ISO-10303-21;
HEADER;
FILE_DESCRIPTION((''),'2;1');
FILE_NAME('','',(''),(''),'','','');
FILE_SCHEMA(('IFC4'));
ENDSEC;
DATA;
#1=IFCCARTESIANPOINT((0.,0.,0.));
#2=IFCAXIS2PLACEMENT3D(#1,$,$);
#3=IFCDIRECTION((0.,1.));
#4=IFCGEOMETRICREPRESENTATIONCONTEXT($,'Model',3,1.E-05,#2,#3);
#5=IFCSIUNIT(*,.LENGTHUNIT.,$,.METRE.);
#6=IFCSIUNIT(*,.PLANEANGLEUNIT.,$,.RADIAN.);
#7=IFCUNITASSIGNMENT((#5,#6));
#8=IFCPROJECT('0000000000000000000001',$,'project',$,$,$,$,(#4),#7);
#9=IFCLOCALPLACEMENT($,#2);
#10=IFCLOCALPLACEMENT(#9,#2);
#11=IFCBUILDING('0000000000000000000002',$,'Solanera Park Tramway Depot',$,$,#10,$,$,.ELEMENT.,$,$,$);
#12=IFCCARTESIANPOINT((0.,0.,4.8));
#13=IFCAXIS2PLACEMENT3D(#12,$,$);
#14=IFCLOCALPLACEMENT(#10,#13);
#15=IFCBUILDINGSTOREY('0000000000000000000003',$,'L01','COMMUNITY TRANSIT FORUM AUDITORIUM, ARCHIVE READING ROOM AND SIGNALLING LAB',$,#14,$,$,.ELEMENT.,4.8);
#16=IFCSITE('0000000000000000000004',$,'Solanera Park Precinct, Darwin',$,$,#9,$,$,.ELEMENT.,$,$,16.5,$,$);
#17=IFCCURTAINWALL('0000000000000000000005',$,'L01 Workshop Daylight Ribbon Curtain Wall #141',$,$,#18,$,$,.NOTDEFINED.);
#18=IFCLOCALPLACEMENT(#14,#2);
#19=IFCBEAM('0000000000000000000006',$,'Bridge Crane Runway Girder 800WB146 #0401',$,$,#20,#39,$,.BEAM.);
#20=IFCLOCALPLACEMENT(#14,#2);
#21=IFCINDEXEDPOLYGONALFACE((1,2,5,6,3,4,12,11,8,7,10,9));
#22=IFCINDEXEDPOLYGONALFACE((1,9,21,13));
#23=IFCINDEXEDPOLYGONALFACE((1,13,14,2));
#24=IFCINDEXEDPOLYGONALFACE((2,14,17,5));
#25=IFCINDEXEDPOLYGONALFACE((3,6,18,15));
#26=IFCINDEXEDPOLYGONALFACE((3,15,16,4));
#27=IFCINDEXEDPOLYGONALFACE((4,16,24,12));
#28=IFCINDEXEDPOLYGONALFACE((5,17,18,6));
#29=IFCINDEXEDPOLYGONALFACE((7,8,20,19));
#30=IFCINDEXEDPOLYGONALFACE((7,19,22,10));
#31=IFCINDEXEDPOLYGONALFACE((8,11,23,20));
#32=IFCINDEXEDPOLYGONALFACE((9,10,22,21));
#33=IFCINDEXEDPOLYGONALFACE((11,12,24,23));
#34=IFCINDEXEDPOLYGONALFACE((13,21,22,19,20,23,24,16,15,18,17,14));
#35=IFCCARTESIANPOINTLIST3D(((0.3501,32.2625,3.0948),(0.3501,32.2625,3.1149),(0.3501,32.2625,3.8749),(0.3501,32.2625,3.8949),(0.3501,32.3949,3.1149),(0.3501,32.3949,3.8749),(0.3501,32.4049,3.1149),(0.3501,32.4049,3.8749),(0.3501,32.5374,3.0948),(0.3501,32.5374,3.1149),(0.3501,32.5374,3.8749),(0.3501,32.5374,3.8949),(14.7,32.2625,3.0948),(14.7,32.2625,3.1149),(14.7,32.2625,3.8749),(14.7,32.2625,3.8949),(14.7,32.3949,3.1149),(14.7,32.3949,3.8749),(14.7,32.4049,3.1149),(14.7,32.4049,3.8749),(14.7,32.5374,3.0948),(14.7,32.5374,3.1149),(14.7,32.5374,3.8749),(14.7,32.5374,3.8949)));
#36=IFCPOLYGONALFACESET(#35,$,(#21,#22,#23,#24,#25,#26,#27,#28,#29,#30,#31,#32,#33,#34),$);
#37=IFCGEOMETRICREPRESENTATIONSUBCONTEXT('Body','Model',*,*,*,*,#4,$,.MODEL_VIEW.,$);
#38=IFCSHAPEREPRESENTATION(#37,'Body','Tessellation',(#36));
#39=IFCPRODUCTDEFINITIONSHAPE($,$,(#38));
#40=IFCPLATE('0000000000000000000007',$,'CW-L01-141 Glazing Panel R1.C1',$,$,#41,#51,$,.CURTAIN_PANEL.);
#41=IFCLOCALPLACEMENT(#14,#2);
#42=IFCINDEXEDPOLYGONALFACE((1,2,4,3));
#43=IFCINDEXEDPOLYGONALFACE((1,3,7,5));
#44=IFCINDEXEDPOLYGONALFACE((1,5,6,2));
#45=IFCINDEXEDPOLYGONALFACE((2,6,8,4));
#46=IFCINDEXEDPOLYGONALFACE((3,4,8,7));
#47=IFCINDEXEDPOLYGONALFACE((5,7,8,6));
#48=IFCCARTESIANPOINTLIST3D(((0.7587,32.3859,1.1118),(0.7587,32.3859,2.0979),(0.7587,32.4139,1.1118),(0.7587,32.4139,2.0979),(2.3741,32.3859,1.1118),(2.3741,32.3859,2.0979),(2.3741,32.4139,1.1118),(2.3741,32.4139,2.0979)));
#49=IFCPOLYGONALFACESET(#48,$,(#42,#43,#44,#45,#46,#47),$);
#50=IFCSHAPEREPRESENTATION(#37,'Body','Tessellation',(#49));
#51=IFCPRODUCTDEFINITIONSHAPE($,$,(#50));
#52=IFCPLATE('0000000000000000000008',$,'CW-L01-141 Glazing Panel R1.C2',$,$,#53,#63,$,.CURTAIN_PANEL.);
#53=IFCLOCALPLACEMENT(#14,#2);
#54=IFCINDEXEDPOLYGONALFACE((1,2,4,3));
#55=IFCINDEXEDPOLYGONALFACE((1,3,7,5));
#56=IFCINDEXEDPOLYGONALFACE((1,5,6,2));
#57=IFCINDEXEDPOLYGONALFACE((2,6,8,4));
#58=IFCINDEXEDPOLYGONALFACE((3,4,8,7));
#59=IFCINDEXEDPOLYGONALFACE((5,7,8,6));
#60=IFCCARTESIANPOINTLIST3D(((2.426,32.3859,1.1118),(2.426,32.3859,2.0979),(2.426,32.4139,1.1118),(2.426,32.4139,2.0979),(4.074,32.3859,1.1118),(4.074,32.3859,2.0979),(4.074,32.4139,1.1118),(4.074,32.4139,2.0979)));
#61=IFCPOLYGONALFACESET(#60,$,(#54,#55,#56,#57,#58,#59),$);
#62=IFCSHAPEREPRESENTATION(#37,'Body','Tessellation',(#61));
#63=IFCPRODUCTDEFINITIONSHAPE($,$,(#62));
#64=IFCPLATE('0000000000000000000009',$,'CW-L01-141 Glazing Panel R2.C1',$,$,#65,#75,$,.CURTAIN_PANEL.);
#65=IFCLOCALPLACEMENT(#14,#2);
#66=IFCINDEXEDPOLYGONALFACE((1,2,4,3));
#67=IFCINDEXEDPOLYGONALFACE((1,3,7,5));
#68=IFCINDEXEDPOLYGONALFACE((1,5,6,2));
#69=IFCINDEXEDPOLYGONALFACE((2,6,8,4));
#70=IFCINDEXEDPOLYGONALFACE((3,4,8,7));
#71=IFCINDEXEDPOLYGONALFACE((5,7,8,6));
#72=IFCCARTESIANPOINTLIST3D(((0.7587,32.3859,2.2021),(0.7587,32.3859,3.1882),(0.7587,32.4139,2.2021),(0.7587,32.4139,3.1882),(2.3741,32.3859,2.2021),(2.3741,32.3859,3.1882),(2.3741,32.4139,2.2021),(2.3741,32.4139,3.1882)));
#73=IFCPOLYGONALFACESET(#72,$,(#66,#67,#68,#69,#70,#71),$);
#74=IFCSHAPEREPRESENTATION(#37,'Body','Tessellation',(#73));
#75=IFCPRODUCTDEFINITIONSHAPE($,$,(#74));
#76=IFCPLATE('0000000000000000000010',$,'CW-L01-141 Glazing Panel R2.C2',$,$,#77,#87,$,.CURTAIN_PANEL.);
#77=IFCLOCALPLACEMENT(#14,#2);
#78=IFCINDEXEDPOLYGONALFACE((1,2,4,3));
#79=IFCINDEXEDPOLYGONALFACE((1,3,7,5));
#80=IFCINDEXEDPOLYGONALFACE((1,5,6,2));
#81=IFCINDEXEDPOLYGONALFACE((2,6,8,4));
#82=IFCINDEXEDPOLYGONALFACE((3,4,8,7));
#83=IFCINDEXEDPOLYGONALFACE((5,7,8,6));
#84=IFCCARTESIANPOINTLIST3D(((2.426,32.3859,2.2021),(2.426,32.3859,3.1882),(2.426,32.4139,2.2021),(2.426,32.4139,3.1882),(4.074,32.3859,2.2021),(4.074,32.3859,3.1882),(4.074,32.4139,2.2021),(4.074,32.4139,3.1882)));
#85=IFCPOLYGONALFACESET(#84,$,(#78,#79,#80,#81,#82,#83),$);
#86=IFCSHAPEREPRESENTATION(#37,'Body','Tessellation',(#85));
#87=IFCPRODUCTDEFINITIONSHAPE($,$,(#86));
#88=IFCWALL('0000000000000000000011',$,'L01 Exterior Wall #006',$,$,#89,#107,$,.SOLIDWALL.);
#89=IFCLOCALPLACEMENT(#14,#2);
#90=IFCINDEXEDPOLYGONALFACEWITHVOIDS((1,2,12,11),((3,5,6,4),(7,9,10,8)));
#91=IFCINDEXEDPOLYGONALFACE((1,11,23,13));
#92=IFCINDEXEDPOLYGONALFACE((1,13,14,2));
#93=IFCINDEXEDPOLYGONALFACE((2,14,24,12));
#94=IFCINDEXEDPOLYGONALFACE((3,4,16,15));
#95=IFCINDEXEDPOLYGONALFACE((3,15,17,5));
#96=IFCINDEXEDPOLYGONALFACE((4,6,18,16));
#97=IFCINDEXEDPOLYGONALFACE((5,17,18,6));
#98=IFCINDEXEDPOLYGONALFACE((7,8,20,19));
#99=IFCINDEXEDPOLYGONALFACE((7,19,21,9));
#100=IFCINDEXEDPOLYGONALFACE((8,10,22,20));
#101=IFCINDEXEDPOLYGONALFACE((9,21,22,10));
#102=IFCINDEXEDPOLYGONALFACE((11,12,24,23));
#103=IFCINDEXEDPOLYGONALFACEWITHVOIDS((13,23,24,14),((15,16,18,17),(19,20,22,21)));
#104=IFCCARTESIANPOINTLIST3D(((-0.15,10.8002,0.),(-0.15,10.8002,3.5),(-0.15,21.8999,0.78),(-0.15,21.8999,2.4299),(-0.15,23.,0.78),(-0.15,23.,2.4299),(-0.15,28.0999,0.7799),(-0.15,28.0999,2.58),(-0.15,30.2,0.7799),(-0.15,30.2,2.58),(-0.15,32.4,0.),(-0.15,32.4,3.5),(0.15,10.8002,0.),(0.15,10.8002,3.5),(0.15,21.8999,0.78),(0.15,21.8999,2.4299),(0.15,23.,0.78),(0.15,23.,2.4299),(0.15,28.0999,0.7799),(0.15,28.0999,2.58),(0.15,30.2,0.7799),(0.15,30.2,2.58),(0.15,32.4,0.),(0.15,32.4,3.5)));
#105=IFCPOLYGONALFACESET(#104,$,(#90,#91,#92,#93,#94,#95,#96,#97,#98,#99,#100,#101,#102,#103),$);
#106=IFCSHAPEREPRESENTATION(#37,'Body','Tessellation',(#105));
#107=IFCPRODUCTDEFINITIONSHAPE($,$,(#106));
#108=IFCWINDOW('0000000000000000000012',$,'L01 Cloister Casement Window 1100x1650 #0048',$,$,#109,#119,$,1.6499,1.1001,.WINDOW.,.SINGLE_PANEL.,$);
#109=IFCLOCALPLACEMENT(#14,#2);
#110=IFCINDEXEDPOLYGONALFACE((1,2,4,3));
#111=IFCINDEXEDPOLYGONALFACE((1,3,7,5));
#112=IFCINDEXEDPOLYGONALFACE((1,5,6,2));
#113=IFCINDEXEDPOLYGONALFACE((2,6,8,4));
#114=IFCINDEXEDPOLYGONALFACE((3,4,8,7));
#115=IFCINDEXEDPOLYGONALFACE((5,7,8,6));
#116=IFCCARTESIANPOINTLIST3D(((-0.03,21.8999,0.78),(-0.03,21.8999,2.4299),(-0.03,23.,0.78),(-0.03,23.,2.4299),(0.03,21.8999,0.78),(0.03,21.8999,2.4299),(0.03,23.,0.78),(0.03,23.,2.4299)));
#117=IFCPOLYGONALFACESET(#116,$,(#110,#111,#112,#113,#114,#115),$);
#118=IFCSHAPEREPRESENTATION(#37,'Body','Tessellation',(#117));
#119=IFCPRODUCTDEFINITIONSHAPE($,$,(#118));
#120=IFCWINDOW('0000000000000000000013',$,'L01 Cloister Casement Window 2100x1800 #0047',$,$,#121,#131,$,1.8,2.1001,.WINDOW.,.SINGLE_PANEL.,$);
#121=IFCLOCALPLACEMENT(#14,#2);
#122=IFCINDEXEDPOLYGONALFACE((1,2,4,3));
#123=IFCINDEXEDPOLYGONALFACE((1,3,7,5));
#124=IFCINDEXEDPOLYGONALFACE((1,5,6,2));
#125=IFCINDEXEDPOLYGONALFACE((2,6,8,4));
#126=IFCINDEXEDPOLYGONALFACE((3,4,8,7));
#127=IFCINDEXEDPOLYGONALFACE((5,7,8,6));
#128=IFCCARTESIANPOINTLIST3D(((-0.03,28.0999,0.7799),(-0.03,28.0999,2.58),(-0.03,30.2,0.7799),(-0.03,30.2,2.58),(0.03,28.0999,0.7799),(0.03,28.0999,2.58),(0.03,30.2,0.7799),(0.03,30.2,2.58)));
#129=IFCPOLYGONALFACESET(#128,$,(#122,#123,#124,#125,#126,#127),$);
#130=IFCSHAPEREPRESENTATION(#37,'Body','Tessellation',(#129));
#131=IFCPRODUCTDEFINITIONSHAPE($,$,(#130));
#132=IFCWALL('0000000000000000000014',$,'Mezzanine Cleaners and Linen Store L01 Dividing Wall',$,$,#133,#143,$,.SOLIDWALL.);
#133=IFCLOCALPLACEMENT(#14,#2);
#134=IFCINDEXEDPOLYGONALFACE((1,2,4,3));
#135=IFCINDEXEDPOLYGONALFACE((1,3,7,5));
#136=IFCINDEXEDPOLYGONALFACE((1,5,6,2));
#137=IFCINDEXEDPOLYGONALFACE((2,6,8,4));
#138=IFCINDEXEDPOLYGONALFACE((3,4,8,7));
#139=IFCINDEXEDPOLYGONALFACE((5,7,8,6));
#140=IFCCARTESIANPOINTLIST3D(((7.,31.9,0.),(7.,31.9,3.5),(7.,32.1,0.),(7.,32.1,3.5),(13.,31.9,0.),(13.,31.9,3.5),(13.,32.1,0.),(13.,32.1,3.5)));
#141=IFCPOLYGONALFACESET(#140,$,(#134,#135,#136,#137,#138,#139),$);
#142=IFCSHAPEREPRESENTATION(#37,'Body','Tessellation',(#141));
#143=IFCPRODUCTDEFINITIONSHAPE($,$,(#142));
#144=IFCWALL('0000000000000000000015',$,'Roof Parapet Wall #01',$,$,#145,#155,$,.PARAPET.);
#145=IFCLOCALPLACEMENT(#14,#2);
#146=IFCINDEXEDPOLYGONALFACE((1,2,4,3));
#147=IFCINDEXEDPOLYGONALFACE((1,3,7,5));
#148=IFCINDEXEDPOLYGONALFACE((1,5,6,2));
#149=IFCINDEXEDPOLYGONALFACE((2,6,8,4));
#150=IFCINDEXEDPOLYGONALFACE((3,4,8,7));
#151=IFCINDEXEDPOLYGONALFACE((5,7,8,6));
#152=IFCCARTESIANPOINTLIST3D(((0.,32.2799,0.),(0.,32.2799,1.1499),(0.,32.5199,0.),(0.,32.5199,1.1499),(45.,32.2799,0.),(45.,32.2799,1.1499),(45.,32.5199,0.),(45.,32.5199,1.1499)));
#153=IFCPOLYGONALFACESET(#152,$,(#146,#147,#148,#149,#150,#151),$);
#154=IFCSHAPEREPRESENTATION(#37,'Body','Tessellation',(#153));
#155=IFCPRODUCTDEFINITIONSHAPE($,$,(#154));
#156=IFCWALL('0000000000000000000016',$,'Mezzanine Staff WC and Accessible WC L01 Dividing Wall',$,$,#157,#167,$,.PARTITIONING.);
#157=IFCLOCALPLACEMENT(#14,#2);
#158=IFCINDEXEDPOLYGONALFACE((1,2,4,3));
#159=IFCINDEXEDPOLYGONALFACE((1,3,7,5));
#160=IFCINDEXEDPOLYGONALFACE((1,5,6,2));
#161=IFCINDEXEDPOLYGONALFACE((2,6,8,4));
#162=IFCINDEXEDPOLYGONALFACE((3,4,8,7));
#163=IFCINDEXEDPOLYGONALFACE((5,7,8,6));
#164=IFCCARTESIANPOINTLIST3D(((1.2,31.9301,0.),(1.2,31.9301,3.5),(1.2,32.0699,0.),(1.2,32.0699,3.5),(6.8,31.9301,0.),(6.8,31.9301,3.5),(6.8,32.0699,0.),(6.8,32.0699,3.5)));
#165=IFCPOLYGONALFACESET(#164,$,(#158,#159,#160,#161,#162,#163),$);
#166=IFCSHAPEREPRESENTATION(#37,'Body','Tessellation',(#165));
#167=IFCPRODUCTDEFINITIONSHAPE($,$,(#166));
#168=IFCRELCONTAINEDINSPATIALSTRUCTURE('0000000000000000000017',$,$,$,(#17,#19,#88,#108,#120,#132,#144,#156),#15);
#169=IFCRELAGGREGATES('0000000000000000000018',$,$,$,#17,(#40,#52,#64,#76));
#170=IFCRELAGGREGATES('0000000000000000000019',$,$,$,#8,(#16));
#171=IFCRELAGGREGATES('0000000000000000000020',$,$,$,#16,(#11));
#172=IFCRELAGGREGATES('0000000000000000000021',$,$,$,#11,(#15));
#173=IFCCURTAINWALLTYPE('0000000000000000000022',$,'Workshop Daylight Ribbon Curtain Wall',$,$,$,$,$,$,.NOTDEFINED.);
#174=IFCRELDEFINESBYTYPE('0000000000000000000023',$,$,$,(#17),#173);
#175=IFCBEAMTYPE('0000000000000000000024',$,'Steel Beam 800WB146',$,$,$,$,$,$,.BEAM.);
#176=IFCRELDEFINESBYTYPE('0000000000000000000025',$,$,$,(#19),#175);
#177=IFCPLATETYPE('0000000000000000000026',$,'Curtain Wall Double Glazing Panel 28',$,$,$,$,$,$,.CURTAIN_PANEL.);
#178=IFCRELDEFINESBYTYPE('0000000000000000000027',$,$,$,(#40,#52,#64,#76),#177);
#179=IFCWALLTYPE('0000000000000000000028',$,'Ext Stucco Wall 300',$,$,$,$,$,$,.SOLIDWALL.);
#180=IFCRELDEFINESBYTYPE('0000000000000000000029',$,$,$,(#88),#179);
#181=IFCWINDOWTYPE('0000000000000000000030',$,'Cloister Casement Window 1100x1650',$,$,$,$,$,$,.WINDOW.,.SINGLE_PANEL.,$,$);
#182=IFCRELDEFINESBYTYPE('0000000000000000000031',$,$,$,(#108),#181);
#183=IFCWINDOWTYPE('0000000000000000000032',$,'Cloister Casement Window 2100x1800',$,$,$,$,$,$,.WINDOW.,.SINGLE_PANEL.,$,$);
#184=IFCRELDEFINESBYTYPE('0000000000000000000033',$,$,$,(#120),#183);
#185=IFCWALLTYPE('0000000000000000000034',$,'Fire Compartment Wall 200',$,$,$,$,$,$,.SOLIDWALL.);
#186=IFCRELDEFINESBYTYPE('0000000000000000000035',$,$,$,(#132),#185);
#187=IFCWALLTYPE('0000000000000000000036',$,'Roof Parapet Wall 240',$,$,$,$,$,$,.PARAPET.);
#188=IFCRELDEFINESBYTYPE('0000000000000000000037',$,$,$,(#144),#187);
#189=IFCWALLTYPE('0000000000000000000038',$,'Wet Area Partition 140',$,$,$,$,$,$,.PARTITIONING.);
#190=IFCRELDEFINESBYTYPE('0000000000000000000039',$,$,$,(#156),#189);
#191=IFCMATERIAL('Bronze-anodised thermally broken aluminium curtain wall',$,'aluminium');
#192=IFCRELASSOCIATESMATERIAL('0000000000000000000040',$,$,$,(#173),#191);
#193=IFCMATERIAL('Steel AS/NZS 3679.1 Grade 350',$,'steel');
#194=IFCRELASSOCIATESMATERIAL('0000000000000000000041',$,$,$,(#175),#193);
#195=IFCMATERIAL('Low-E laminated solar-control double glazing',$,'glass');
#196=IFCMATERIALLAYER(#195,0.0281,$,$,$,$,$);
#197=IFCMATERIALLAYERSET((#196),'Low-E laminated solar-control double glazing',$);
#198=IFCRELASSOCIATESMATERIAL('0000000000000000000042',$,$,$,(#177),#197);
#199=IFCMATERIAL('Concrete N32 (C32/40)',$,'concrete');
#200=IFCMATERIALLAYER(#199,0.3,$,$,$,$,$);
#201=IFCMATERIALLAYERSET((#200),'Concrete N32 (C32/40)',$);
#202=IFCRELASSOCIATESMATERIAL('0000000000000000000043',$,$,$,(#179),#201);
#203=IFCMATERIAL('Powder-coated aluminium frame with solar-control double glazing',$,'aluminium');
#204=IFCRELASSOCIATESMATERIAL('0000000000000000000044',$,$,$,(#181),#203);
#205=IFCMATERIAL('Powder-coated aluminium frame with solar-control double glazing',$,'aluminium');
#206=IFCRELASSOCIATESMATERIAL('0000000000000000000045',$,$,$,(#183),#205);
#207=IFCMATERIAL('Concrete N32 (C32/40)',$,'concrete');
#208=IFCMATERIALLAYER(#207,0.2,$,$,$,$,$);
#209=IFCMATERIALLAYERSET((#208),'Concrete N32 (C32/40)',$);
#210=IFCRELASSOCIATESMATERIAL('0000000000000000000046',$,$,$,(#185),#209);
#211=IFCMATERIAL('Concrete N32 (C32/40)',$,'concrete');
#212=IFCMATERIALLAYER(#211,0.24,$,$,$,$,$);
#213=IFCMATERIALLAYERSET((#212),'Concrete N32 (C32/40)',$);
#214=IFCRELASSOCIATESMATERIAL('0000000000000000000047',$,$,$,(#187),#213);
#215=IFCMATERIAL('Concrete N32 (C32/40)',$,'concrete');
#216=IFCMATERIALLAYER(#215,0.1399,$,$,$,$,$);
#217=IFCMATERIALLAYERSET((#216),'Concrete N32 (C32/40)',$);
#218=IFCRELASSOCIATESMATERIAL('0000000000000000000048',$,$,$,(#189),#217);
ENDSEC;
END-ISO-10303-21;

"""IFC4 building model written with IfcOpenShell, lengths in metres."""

from ifc_helpers import new_model, si_unit, direction, frame, frame_2d, origin, origin_2d, place, context, subcontext, project, spatial, rectangle, i_section, extrude, material, layer, layer_set, material_profile, profile_set, type_object, element, fill, aggregate, save


model = new_model("IFC4")

# Units and contexts
model_context = context("Model", 3, precision=1e-05, world=origin(), true_north=direction((0.0, 1.0)))
body_context = subcontext(model_context, "Body", "Model", "MODEL_VIEW")
ifc_project = project(units=[si_unit("LENGTHUNIT", "METRE"), si_unit("PLANEANGLEUNIT", "RADIAN")], contexts=[model_context])

# Site, building, storey
site_placement = place(None, origin())
site = spatial("IfcSite", under=ifc_project, at=site_placement, Name="Solanera Park Precinct, Darwin", CompositionType="ELEMENT", RefElevation=16.5)
building_placement = place(site_placement, origin())
building = spatial("IfcBuilding", under=site, at=building_placement, Name="Solanera Park Tramway Depot", CompositionType="ELEMENT")
storey_placement = place(building_placement, frame((0.0, 0.0, 4.8)))
storey = spatial("IfcBuildingStorey", under=building, at=storey_placement, Name="L01", Description="COMMUNITY TRANSIT FORUM AUDITORIUM, ARCHIVE READING ROOM AND SIGNALLING LAB", CompositionType="ELEMENT", Elevation=4.8)

# Curtain wall
ifc_material_1 = material(Name="Bronze-anodised thermally broken aluminium curtain wall", Category="aluminium")
curtain_wall_type = type_object("IfcCurtainWallType", Name="Workshop Daylight Ribbon Curtain Wall", PredefinedType="NOTDEFINED", material=ifc_material_1)
curtain_wall_placement = place(storey_placement, origin())
curtain_wall = element("IfcCurtainWall", 1, at=curtain_wall_placement, inside=storey, type_object=curtain_wall_type, Name="L01 Workshop Daylight Ribbon Curtain Wall #141", PredefinedType="NOTDEFINED")

# Beam
ifc_material_2 = material(Name="Steel AS/NZS 3679.1 Grade 350", Category="steel")
ifc_material_profile_1 = material_profile(ifc_material_2, i_section(OverallWidth=0.2749, OverallDepth=0.8, WebThickness=0.01, FlangeThickness=0.02, at=origin_2d()), Name="800WB146")
ifc_profile_set_1 = profile_set([ifc_material_profile_1], Name="Steel AS/NZS 3679.1 Grade 350")
beam_type_1 = type_object("IfcBeamType", Name="Steel Beam 800WB146", PredefinedType="BEAM", material=ifc_profile_set_1)
beam_1_placement = place(storey_placement, frame((0.3501, 32.3999, 3.4949), z_axis=(1.0, 0.0, 0.0), x_axis=(0.0, 1.0, 0.0)))
element("IfcBeam", 2, at=beam_1_placement, inside=storey, type_object=beam_type_1, Name="Bridge Crane Runway Girder 800WB146 #0401", PredefinedType="BEAM", context=body_context, shape_type="SweptSolid", body=[
    extrude(i_section(OverallWidth=0.2749, OverallDepth=0.8, WebThickness=0.01, FlangeThickness=0.02, at=origin_2d()), origin(), (0.0, 0.0, 1.0), 14.3499),
])

# Plates
ifc_material_3 = material(Name="Low-E laminated solar-control double glazing", Category="glass")
ifc_layer_1 = layer(ifc_material_3, 0.0281)
ifc_layer_set_1 = layer_set([ifc_layer_1], Name="Low-E laminated solar-control double glazing")
plate_type = type_object("IfcPlateType", Name="Curtain Wall Double Glazing Panel 28", PredefinedType="CURTAIN_PANEL", material=ifc_layer_set_1)
plate_1_placement = place(storey_placement, frame((1.5664, 32.3999, 1.1118), z_axis=(0.0, 0.0, 1.0), x_axis=(1.0, 0.0, 0.0)))
plate_1 = element("IfcPlate", 3, at=plate_1_placement, type_object=plate_type, Name="CW-L01-141 Glazing Panel R1.C1", PredefinedType="CURTAIN_PANEL", context=body_context, shape_type="SweptSolid", body=[
    extrude(rectangle(XDim=1.6155, YDim=0.0281, at=origin_2d()), origin(), (0.0, 0.0, 1.0), 0.9861),
])
plate_2_placement = place(storey_placement, frame((3.25, 32.3999, 1.1118), z_axis=(0.0, 0.0, 1.0), x_axis=(1.0, 0.0, 0.0)))
plate_2 = element("IfcPlate", 4, at=plate_2_placement, type_object=plate_type, Name="CW-L01-141 Glazing Panel R1.C2", PredefinedType="CURTAIN_PANEL", context=body_context, shape_type="SweptSolid", body=[
    extrude(rectangle(XDim=1.6479, YDim=0.0281, at=origin_2d()), origin(), (0.0, 0.0, 1.0), 0.9861),
])
plate_3_placement = place(storey_placement, frame((1.5664, 32.3999, 2.2021), z_axis=(0.0, 0.0, 1.0), x_axis=(1.0, 0.0, 0.0)))
plate_3 = element("IfcPlate", 5, at=plate_3_placement, type_object=plate_type, Name="CW-L01-141 Glazing Panel R2.C1", PredefinedType="CURTAIN_PANEL", context=body_context, shape_type="SweptSolid", body=[
    extrude(rectangle(XDim=1.6155, YDim=0.0281, at=origin_2d()), origin(), (0.0, 0.0, 1.0), 0.9861),
])
plate_4_placement = place(storey_placement, frame((3.25, 32.3999, 2.2021), z_axis=(0.0, 0.0, 1.0), x_axis=(1.0, 0.0, 0.0)))
plate_4 = element("IfcPlate", 6, at=plate_4_placement, type_object=plate_type, Name="CW-L01-141 Glazing Panel R2.C2", PredefinedType="CURTAIN_PANEL", context=body_context, shape_type="SweptSolid", body=[
    extrude(rectangle(XDim=1.6479, YDim=0.0281, at=origin_2d()), origin(), (0.0, 0.0, 1.0), 0.9861),
])
aggregate(curtain_wall, [plate_1, plate_2, plate_3, plate_4])

# Wall, openings, windows
ifc_material_4 = material(Name="Concrete N32 (C32/40)", Category="concrete")
ifc_layer_2 = layer(ifc_material_4, 0.3)
ifc_layer_set_2 = layer_set([ifc_layer_2], Name="Concrete N32 (C32/40)")
wall_type_1 = type_object("IfcWallType", Name="Ext Stucco Wall 300", PredefinedType="SOLIDWALL", material=ifc_layer_set_2)
wall_1_placement = place(storey_placement, frame((0.0, 32.3999, 0.0), z_axis=(0.0, 0.0, 1.0), x_axis=(0.0, -1.0, 0.0)))
wall_1 = element("IfcWall", 7, at=wall_1_placement, inside=storey, type_object=wall_type_1, Name="L01 Exterior Wall #006", PredefinedType="SOLIDWALL", context=body_context, shape_type="SweptSolid", body=[
    extrude(rectangle(XDim=21.5999, YDim=0.3, at=frame_2d((10.7998, 0.0))), origin(), (0.0, 0.0, 1.0), 3.5),
])
opening_1_placement = place(wall_1_placement, frame((2.2, 0.0, 0.78)))
opening_1 = element("IfcOpeningElement", 8, at=opening_1_placement, cuts=wall_1, PredefinedType="OPENING", context=body_context, shape_type="SweptSolid", body=[
    extrude(rectangle(XDim=2.1001, YDim=1.8, at=frame_2d((1.05, 0.8999))), frame((0.0, 0.1602, 0.0), z_axis=(0.0, -1.0, 0.0), x_axis=(1.0, 0.0, 0.0)), (0.0, 0.0, 1.0), 0.3201),
])
opening_2_placement = place(wall_1_placement, frame((9.3999, 0.0, 0.78)))
opening_2 = element("IfcOpeningElement", 9, at=opening_2_placement, cuts=wall_1, PredefinedType="OPENING", context=body_context, shape_type="SweptSolid", body=[
    extrude(rectangle(XDim=1.1001, YDim=1.6499, at=frame_2d((0.55, 0.825))), frame((0.0, 0.1602, 0.0), z_axis=(0.0, -1.0, 0.0), x_axis=(1.0, 0.0, 0.0)), (0.0, 0.0, 1.0), 0.3201),
])
ifc_material_5 = material(Name="Powder-coated aluminium frame with solar-control double glazing", Category="aluminium")
window_type_1 = type_object("IfcWindowType", Name="Cloister Casement Window 1100x1650", PartitioningType="SINGLE_PANEL", PredefinedType="WINDOW", material=ifc_material_5)
window_1_placement = place(opening_2_placement, origin())
window_1 = element("IfcWindow", 10, at=window_1_placement, inside=storey, type_object=window_type_1, Name="L01 Cloister Casement Window 1100x1650 #0048", OverallHeight=1.6499, OverallWidth=1.1001, PartitioningType="SINGLE_PANEL", PredefinedType="WINDOW", context=body_context, shape_type="SweptSolid", body=[
    extrude(rectangle(XDim=1.1001, YDim=1.6499, at=frame_2d((0.55, 0.825))), frame((0.0, 0.03, 0.0), z_axis=(0.0, -1.0, 0.0), x_axis=(1.0, 0.0, 0.0)), (0.0, 0.0, 1.0), 0.0601),
])
fill(opening_2, window_1)
ifc_material_6 = material(Name="Powder-coated aluminium frame with solar-control double glazing", Category="aluminium")
window_type_2 = type_object("IfcWindowType", Name="Cloister Casement Window 2100x1800", PartitioningType="SINGLE_PANEL", PredefinedType="WINDOW", material=ifc_material_6)
window_2_placement = place(opening_1_placement, origin())
window_2 = element("IfcWindow", 11, at=window_2_placement, inside=storey, type_object=window_type_2, Name="L01 Cloister Casement Window 2100x1800 #0047", OverallHeight=1.8, OverallWidth=2.1001, PartitioningType="SINGLE_PANEL", PredefinedType="WINDOW", context=body_context, shape_type="SweptSolid", body=[
    extrude(rectangle(XDim=2.1001, YDim=1.8, at=frame_2d((1.05, 0.8999))), frame((0.0, 0.03, 0.0), z_axis=(0.0, -1.0, 0.0), x_axis=(1.0, 0.0, 0.0)), (0.0, 0.0, 1.0), 0.0601),
])
fill(opening_1, window_2)

# Walls
ifc_material_7 = material(Name="Concrete N32 (C32/40)", Category="concrete")
ifc_layer_3 = layer(ifc_material_7, 0.2)
ifc_layer_set_3 = layer_set([ifc_layer_3], Name="Concrete N32 (C32/40)")
wall_type_2 = type_object("IfcWallType", Name="Fire Compartment Wall 200", PredefinedType="SOLIDWALL", material=ifc_layer_set_3)
wall_2_placement = place(storey_placement, frame((7.0, 32.0, 0.0), z_axis=(0.0, 0.0, 1.0), x_axis=(1.0, 0.0, 0.0)))
element("IfcWall", 12, at=wall_2_placement, inside=storey, type_object=wall_type_2, Name="Mezzanine Cleaners and Linen Store L01 Dividing Wall", PredefinedType="SOLIDWALL", context=body_context, shape_type="SweptSolid", body=[
    extrude(rectangle(XDim=6.0, YDim=0.2, at=frame_2d((3.0, 0.0))), origin(), (0.0, 0.0, 1.0), 3.5),
])
ifc_material_8 = material(Name="Concrete N32 (C32/40)", Category="concrete")
ifc_layer_4 = layer(ifc_material_8, 0.24)
ifc_layer_set_4 = layer_set([ifc_layer_4], Name="Concrete N32 (C32/40)")
wall_type_3 = type_object("IfcWallType", Name="Roof Parapet Wall 240", PredefinedType="PARAPET", material=ifc_layer_set_4)
wall_3_placement = place(storey_placement, frame((0.0, 32.3999, 0.0), z_axis=(0.0, 0.0, 1.0), x_axis=(1.0, 0.0, 0.0)))
element("IfcWall", 13, at=wall_3_placement, inside=storey, type_object=wall_type_3, Name="Roof Parapet Wall #01", PredefinedType="PARAPET", context=body_context, shape_type="SweptSolid", body=[
    extrude(rectangle(XDim=45.0, YDim=0.24, at=frame_2d((22.5, 0.0))), origin(), (0.0, 0.0, 1.0), 1.1499),
])
ifc_material_9 = material(Name="Concrete N32 (C32/40)", Category="concrete")
ifc_layer_5 = layer(ifc_material_9, 0.1399)
ifc_layer_set_5 = layer_set([ifc_layer_5], Name="Concrete N32 (C32/40)")
wall_type_4 = type_object("IfcWallType", Name="Wet Area Partition 140", PredefinedType="PARTITIONING", material=ifc_layer_set_5)
wall_4_placement = place(storey_placement, frame((1.2, 32.0, 0.0), z_axis=(0.0, 0.0, 1.0), x_axis=(1.0, 0.0, 0.0)))
element("IfcWall", 14, at=wall_4_placement, inside=storey, type_object=wall_type_4, Name="Mezzanine Staff WC and Accessible WC L01 Dividing Wall", PredefinedType="PARTITIONING", context=body_context, shape_type="SweptSolid", body=[
    extrude(rectangle(XDim=5.6001, YDim=0.1399, at=frame_2d((2.8, 0.0))), origin(), (0.0, 0.0, 1.0), 3.5),
])

save(model, "model.ifc")
